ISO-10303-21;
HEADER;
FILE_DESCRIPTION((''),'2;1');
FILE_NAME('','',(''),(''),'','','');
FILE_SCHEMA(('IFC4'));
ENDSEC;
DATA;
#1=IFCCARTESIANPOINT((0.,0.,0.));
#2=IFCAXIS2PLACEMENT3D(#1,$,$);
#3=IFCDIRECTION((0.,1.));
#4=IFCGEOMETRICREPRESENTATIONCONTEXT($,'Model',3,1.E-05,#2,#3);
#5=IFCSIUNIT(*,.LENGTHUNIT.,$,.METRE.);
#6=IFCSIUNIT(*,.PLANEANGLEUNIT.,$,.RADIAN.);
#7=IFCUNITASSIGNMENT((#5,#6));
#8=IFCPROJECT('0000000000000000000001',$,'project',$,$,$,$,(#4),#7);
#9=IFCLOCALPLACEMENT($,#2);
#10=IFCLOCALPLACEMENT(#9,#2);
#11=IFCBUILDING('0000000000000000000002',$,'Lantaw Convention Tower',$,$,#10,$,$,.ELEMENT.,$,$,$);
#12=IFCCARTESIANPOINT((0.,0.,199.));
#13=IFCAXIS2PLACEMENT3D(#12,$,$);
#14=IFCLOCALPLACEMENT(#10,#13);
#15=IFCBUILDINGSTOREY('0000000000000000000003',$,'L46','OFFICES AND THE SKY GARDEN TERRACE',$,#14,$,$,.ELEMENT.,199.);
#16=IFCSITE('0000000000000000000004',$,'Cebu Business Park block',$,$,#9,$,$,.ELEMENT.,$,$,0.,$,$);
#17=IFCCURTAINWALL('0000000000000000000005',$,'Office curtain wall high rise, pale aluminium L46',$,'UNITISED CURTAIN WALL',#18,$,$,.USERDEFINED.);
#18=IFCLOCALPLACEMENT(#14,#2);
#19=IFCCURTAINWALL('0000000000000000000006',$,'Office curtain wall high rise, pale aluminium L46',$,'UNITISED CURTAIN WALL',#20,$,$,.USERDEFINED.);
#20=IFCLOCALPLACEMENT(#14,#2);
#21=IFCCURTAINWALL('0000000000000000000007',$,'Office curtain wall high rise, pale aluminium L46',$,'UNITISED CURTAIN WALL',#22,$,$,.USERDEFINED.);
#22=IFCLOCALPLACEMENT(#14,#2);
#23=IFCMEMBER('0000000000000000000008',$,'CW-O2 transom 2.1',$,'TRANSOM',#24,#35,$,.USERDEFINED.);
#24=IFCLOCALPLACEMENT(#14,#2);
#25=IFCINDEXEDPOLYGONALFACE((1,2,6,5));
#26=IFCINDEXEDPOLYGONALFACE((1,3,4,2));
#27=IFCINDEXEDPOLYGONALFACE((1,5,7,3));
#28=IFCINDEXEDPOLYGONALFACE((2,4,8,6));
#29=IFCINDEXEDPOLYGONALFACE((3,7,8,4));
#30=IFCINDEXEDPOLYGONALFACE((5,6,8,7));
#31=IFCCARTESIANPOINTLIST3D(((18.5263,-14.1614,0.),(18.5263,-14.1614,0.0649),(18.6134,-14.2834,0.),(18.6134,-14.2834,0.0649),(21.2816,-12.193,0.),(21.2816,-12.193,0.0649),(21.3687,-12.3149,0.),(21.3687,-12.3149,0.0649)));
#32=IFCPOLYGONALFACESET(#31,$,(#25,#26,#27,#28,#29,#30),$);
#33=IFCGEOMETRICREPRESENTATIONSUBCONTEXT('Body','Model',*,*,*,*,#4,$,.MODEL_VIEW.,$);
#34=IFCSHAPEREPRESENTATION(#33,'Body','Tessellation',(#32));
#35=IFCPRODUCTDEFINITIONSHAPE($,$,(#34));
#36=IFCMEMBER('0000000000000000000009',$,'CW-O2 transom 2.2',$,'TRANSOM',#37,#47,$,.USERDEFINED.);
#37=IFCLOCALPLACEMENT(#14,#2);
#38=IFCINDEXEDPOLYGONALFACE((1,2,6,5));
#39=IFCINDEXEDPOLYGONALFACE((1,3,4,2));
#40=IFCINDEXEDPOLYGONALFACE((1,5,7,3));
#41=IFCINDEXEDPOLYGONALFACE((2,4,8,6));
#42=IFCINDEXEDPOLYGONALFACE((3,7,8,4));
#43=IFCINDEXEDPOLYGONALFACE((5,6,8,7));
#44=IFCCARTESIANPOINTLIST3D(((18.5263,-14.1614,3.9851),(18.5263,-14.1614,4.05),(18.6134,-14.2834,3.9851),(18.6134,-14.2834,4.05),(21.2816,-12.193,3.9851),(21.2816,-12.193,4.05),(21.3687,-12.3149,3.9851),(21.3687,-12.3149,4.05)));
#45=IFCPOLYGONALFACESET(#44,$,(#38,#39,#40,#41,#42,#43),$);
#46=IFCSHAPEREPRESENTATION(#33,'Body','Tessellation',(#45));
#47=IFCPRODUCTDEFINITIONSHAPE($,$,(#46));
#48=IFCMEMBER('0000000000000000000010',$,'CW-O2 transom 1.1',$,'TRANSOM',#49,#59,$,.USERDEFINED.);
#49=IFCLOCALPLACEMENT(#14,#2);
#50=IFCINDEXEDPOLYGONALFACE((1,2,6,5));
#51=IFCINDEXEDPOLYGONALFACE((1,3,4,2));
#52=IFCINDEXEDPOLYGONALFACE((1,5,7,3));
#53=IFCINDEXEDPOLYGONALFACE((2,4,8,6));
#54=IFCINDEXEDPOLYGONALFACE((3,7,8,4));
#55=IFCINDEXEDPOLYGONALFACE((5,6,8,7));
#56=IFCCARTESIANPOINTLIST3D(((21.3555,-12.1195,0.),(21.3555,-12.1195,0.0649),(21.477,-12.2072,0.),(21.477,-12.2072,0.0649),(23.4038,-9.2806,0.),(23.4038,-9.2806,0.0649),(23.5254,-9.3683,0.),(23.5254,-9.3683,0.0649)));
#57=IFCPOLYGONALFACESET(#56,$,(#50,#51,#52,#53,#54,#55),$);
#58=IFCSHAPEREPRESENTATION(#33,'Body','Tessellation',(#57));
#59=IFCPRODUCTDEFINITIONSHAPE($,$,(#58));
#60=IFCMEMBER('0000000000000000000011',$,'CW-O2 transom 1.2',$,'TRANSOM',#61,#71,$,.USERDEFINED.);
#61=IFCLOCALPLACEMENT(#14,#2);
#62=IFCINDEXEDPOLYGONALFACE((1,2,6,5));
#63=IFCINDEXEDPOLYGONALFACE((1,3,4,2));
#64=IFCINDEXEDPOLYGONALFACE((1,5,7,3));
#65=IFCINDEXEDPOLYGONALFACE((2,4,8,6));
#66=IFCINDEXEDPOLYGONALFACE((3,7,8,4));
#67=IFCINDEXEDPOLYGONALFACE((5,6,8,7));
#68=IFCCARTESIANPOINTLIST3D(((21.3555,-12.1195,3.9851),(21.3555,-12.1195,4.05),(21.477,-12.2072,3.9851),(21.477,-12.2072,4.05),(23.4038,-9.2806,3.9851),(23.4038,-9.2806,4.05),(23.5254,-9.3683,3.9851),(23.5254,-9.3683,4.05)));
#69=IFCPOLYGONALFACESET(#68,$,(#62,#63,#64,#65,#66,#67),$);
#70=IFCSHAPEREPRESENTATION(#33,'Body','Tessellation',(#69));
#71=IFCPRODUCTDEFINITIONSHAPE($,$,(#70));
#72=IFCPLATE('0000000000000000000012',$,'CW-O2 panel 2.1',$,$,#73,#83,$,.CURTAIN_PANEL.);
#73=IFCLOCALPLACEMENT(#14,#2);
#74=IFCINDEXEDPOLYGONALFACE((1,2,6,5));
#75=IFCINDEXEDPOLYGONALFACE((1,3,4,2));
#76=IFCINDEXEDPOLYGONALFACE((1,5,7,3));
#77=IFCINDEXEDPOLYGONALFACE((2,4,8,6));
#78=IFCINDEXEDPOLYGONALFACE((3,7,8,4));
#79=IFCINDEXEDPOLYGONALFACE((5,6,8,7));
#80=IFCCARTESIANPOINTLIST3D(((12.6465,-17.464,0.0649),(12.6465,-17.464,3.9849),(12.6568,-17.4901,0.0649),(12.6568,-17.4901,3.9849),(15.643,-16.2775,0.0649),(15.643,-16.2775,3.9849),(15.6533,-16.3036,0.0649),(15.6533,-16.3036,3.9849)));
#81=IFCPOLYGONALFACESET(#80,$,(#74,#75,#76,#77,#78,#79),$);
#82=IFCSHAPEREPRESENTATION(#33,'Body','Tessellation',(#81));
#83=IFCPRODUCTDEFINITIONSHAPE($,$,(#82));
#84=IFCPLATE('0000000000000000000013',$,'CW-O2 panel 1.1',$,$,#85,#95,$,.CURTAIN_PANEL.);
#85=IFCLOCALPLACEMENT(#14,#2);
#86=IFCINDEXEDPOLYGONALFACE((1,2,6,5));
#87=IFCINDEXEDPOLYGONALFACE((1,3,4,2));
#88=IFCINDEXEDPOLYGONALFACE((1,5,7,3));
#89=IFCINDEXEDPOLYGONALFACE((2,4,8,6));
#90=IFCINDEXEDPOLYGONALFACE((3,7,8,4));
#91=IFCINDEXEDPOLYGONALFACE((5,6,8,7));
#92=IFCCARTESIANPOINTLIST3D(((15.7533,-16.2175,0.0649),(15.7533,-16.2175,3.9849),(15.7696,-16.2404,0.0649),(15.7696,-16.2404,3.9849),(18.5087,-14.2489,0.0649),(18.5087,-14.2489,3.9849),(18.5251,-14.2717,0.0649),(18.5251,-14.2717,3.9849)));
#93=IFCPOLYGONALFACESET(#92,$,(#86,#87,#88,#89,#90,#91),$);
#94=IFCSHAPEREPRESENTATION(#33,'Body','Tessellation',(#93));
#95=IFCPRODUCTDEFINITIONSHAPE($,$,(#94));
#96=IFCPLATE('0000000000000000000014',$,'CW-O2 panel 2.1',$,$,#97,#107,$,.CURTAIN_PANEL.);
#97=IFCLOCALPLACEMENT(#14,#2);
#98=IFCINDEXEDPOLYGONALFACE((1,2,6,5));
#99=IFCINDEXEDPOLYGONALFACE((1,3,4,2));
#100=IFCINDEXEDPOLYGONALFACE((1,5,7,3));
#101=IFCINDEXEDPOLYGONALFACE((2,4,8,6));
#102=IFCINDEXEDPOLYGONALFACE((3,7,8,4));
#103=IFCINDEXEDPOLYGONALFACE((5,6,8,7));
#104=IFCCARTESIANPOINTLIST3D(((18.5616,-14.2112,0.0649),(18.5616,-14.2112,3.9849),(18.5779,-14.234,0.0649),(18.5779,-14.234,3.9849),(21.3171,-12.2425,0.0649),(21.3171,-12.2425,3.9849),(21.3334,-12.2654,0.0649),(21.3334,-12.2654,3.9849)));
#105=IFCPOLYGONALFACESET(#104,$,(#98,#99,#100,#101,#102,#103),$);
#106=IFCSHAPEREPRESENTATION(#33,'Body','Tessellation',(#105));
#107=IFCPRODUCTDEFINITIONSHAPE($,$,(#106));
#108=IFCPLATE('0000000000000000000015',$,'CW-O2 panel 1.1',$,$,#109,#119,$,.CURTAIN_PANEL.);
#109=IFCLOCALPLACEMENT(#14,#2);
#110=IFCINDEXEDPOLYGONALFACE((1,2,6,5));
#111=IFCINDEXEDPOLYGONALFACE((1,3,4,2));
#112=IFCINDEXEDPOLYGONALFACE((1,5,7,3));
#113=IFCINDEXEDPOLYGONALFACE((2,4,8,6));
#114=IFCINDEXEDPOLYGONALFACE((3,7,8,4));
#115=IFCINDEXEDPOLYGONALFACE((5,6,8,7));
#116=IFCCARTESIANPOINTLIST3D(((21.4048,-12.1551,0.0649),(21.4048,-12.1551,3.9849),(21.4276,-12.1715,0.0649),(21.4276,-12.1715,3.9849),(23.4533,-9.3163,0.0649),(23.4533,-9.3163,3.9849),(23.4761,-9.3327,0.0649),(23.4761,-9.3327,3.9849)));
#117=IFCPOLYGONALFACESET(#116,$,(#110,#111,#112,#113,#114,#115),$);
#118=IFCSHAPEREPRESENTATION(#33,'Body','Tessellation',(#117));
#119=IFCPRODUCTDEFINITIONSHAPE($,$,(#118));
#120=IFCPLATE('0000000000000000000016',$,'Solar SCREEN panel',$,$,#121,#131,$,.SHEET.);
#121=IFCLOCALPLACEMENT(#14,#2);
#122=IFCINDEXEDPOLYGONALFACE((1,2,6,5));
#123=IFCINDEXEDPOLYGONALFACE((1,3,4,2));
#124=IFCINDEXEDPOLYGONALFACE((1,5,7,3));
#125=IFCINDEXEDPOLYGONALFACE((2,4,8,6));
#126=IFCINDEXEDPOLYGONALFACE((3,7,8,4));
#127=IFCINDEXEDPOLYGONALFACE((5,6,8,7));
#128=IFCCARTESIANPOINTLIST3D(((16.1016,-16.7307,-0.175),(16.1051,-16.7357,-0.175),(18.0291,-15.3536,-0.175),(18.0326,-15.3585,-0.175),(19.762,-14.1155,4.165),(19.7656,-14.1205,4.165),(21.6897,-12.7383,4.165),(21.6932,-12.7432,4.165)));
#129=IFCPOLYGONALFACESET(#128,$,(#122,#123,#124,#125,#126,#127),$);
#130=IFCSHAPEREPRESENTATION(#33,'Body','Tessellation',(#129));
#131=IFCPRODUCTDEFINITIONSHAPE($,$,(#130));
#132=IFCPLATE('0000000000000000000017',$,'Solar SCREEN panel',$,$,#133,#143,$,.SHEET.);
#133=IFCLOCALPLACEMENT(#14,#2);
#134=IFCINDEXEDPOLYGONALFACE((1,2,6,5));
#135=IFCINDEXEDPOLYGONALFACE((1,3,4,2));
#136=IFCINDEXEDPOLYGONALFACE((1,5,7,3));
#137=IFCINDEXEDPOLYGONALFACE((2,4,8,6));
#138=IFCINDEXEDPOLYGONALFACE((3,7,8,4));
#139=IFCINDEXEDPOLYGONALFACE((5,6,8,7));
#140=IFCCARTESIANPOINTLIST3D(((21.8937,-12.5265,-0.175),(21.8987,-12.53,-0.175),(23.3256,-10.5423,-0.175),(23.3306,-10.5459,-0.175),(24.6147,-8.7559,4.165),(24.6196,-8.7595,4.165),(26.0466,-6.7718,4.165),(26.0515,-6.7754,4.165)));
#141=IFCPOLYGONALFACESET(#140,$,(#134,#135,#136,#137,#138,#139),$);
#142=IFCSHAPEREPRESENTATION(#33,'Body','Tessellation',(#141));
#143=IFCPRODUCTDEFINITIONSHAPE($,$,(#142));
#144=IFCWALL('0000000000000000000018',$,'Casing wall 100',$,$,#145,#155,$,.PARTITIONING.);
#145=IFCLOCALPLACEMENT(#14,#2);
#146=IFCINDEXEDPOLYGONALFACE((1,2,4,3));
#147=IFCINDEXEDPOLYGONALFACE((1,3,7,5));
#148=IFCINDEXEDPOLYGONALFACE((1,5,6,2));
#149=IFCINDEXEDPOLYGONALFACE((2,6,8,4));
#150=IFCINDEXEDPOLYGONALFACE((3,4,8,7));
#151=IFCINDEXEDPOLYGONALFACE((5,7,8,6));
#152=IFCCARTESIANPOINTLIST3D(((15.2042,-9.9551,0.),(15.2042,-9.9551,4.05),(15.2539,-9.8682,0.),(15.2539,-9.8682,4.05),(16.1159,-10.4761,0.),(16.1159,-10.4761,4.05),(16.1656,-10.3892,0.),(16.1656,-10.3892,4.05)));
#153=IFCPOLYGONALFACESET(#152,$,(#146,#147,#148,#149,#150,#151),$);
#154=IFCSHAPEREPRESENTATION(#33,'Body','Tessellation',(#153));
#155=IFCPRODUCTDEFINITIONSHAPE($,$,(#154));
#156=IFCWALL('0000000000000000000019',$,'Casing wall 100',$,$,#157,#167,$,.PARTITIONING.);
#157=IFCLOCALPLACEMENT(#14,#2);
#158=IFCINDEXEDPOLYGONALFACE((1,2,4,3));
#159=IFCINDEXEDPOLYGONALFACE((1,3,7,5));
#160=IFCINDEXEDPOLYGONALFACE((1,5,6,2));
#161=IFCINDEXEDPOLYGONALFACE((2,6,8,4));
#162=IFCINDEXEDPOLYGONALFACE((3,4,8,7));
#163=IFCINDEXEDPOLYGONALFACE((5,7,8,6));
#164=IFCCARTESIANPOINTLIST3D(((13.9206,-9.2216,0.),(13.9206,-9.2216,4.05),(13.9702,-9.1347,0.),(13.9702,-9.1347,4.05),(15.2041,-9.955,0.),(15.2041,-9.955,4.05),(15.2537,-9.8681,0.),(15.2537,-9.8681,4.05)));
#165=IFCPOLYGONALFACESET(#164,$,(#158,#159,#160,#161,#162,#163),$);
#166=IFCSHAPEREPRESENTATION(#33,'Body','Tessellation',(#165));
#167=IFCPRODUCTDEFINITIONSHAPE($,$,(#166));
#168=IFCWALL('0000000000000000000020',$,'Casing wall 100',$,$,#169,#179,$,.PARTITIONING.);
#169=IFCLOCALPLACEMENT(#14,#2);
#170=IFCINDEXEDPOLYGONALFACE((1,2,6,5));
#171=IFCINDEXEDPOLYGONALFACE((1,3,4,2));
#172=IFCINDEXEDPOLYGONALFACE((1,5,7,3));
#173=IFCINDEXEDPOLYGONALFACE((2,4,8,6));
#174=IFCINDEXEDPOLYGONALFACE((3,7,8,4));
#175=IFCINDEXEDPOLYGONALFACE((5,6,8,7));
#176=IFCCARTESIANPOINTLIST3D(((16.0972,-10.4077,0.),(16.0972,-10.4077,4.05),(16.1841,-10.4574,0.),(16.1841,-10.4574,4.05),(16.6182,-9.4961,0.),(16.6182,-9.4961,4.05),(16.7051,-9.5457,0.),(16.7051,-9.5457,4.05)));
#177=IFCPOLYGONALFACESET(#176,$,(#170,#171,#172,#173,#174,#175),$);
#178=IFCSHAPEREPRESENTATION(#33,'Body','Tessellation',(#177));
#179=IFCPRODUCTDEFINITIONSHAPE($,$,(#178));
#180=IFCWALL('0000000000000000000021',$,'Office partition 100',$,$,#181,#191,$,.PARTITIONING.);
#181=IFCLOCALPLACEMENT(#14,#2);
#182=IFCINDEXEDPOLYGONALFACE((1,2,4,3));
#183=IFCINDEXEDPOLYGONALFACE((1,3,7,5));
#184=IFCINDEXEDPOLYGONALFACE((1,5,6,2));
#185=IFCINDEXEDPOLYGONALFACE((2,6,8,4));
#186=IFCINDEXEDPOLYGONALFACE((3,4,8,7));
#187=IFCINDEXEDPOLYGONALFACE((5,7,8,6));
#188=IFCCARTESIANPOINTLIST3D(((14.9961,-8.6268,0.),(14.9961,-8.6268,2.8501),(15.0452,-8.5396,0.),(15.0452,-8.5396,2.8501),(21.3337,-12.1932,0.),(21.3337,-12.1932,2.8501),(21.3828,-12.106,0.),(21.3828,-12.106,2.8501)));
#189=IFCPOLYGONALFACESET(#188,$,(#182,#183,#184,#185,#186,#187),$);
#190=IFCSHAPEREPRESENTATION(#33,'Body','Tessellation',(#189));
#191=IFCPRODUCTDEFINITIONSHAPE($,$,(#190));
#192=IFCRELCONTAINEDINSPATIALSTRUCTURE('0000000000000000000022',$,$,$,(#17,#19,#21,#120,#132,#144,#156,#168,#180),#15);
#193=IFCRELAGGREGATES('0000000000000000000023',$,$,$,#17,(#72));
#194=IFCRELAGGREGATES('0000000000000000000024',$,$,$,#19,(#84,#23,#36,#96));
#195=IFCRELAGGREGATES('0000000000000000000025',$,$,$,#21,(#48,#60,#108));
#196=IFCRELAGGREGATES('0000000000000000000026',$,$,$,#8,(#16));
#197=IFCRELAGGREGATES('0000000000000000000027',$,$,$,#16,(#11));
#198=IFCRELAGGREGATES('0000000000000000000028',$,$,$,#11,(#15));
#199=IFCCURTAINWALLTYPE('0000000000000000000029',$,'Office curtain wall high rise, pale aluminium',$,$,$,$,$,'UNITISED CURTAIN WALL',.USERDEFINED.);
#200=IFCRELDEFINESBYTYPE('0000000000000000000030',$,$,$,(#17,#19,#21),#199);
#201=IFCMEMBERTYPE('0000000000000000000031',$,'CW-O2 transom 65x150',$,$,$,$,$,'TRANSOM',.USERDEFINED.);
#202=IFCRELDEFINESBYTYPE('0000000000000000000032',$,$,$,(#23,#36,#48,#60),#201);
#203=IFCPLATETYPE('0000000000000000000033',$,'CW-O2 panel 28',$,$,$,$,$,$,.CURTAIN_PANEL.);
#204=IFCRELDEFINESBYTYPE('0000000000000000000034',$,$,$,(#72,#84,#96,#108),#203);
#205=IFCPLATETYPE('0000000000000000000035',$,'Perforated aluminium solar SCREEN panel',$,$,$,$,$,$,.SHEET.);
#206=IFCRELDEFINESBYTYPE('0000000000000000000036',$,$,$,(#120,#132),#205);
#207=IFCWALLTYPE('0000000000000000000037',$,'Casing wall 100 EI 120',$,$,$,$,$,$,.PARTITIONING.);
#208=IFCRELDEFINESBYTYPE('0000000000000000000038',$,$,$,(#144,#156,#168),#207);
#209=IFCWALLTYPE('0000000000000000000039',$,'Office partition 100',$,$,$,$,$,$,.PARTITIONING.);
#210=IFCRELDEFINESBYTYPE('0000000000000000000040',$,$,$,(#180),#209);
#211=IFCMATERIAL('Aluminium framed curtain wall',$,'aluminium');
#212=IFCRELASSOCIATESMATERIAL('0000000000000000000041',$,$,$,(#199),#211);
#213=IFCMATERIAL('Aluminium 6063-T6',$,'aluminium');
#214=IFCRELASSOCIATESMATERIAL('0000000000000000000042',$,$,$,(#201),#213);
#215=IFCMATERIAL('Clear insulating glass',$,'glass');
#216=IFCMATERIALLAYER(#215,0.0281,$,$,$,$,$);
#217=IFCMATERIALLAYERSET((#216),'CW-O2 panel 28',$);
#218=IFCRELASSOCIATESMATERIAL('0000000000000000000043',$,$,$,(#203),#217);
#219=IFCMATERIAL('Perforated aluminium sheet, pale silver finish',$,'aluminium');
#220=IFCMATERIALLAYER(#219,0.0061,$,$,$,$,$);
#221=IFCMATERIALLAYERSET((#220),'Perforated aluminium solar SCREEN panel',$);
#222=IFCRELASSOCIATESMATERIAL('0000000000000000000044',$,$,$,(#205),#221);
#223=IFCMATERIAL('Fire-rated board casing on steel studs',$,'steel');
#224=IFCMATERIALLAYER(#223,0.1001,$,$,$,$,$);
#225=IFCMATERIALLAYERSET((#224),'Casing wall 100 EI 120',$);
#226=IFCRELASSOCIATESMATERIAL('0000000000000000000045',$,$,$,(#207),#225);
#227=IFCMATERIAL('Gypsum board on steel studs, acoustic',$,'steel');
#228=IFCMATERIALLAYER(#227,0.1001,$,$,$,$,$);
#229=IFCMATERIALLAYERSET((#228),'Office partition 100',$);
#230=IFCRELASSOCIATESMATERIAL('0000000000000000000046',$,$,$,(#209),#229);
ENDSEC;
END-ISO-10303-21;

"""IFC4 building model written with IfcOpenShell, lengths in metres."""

from ifc_helpers import new_model, si_unit, direction, frame, frame_2d, origin, origin_2d, place, context, subcontext, project, spatial, polyline, rectangle, outline, extrude, material, layer, layer_set, material_profile, profile_set, type_object, element, aggregate, save


model = new_model("IFC4")

# Units and contexts
model_context = context("Model", 3, precision=1e-05, world=origin(), true_north=direction((0.0, 1.0)))
body_context = subcontext(model_context, "Body", "Model", "MODEL_VIEW")
ifc_project = project(units=[si_unit("LENGTHUNIT", "METRE"), si_unit("PLANEANGLEUNIT", "RADIAN")], contexts=[model_context])

# Site, building, storey
site_placement = place(None, origin())
site = spatial("IfcSite", under=ifc_project, at=site_placement, Name="Cebu Business Park block", CompositionType="ELEMENT", RefElevation=0.0)
building_placement = place(site_placement, origin())
building = spatial("IfcBuilding", under=site, at=building_placement, Name="Lantaw Convention Tower", CompositionType="ELEMENT")
storey_placement = place(building_placement, frame((0.0, 0.0, 199.0)))
storey = spatial("IfcBuildingStorey", under=building, at=storey_placement, Name="L46", Description="OFFICES AND THE SKY GARDEN TERRACE", CompositionType="ELEMENT", Elevation=199.0)

# Curtain wall
ifc_material_1 = material(Name="Aluminium framed curtain wall", Category="aluminium")
curtain_wall_type = type_object("IfcCurtainWallType", Name="Office curtain wall high rise, pale aluminium", ElementType="UNITISED CURTAIN WALL", PredefinedType="USERDEFINED", material=ifc_material_1)
curtain_wall_1_placement = place(storey_placement, origin())
curtain_wall_1 = element("IfcCurtainWall", 1, at=curtain_wall_1_placement, inside=storey, type_object=curtain_wall_type, Name="Office curtain wall high rise, pale aluminium L46", ObjectType="UNITISED CURTAIN WALL", PredefinedType="USERDEFINED")
ifc_material_2 = material(Name="Aluminium 6063-T6", Category="aluminium")

# Curtain wall
curtain_wall_2_placement = place(storey_placement, origin())
curtain_wall_2 = element("IfcCurtainWall", 2, at=curtain_wall_2_placement, inside=storey, type_object=curtain_wall_type, Name="Office curtain wall high rise, pale aluminium L46", ObjectType="UNITISED CURTAIN WALL", PredefinedType="USERDEFINED")

# Curtain wall
curtain_wall_3_placement = place(storey_placement, origin())
curtain_wall_3 = element("IfcCurtainWall", 3, at=curtain_wall_3_placement, inside=storey, type_object=curtain_wall_type, Name="Office curtain wall high rise, pale aluminium L46", ObjectType="UNITISED CURTAIN WALL", PredefinedType="USERDEFINED")

# Members
ifc_material_profile_1 = material_profile(ifc_material_2, rectangle(XDim=0.1499, YDim=0.0649, at=origin_2d()), Name="CW-O2 transom 65x150")
ifc_profile_set_1 = profile_set([ifc_material_profile_1], Name="Aluminium 6063-T6")
member_type_1 = type_object("IfcMemberType", Name="CW-O2 transom 65x150", ElementType="TRANSOM", PredefinedType="USERDEFINED", material=ifc_profile_set_1)
member_1_placement = place(storey_placement, frame((18.5698, -14.2224, 0.0325), z_axis=(0.81368, 0.581313, 0.0), x_axis=(-0.581313, 0.81368, 0.0)))
member_1 = element("IfcMember", 4, at=member_1_placement, type_object=member_type_1, Name="CW-O2 transom 2.1", ObjectType="TRANSOM", PredefinedType="USERDEFINED", context=body_context, shape_type="SweptSolid", body=[
    extrude(rectangle(XDim=0.1499, YDim=0.0649, at=origin_2d()), origin(), (0.0, 0.0, 1.0), 3.3862),
])
member_2_placement = place(storey_placement, frame((18.5698, -14.2224, 4.0176), z_axis=(0.81368, 0.581313, 0.0), x_axis=(-0.581313, 0.81368, 0.0)))
member_2 = element("IfcMember", 5, at=member_2_placement, type_object=member_type_1, Name="CW-O2 transom 2.2", ObjectType="TRANSOM", PredefinedType="USERDEFINED", context=body_context, shape_type="SweptSolid", body=[
    extrude(rectangle(XDim=0.1499, YDim=0.0649, at=origin_2d()), origin(), (0.0, 0.0, 1.0), 3.3862),
])
member_3_placement = place(storey_placement, frame((21.4163, -12.1633, 0.0325), z_axis=(0.585124, 0.810944, 0.0), x_axis=(-0.810944, 0.585124, 0.0)))
member_3 = element("IfcMember", 6, at=member_3_placement, type_object=member_type_1, Name="CW-O2 transom 1.1", ObjectType="TRANSOM", PredefinedType="USERDEFINED", context=body_context, shape_type="SweptSolid", body=[
    extrude(rectangle(XDim=0.1499, YDim=0.0649, at=origin_2d()), origin(), (0.0, 0.0, 1.0), 3.5007),
])
member_4_placement = place(storey_placement, frame((21.4163, -12.1633, 4.0176), z_axis=(0.585124, 0.810944, 0.0), x_axis=(-0.810944, 0.585124, 0.0)))
member_4 = element("IfcMember", 7, at=member_4_placement, type_object=member_type_1, Name="CW-O2 transom 1.2", ObjectType="TRANSOM", PredefinedType="USERDEFINED", context=body_context, shape_type="SweptSolid", body=[
    extrude(rectangle(XDim=0.1499, YDim=0.0649, at=origin_2d()), origin(), (0.0, 0.0, 1.0), 3.5007),
])

# Plates
ifc_material_3 = material(Name="Clear insulating glass", Category="glass")
ifc_layer_1 = layer(ifc_material_3, 0.0281)
ifc_layer_set_1 = layer_set([ifc_layer_1], Name="CW-O2 panel 28")
plate_type_1 = type_object("IfcPlateType", Name="CW-O2 panel 28", PredefinedType="CURTAIN_PANEL", material=ifc_layer_set_1)
plate_1_placement = place(storey_placement, frame((14.1499, -16.8838, 0.0649), z_axis=(0.0, 0.0, 1.0), x_axis=(0.929762, 0.368162, 0.0)))
plate_1 = element("IfcPlate", 8, at=plate_1_placement, type_object=plate_type_1, Name="CW-O2 panel 2.1", PredefinedType="CURTAIN_PANEL", context=body_context, shape_type="SweptSolid", body=[
    extrude(rectangle(XDim=3.2229, YDim=0.0281, at=origin_2d()), origin(), (0.0, 0.0, 1.0), 3.9199),
])
aggregate(curtain_wall_1, [plate_1])
plate_2_placement = place(storey_placement, frame((17.1392, -15.2446, 0.0649), z_axis=(0.0, 0.0, 1.0), x_axis=(0.813673, 0.581323, 0.0)))
plate_2 = element("IfcPlate", 9, at=plate_2_placement, type_object=plate_type_1, Name="CW-O2 panel 1.1", PredefinedType="CURTAIN_PANEL", context=body_context, shape_type="SweptSolid", body=[
    extrude(rectangle(XDim=3.3865, YDim=0.0281, at=origin_2d()), origin(), (0.0, 0.0, 1.0), 3.9199),
])
plate_3_placement = place(storey_placement, frame((19.9475, -13.2383, 0.0649), z_axis=(0.0, 0.0, 1.0), x_axis=(0.813673, 0.581323, 0.0)))
plate_3 = element("IfcPlate", 10, at=plate_3_placement, type_object=plate_type_1, Name="CW-O2 panel 2.1", PredefinedType="CURTAIN_PANEL", context=body_context, shape_type="SweptSolid", body=[
    extrude(rectangle(XDim=3.3865, YDim=0.0281, at=origin_2d()), origin(), (0.0, 0.0, 1.0), 3.9199),
])
aggregate(curtain_wall_2, [plate_2, member_1, member_2, plate_3])
plate_4_placement = place(storey_placement, frame((22.4404, -10.7439, 0.0649), z_axis=(0.0, 0.0, 1.0), x_axis=(0.585158, 0.81092, 0.0)))
plate_4 = element("IfcPlate", 11, at=plate_4_placement, type_object=plate_type_1, Name="CW-O2 panel 1.1", PredefinedType="CURTAIN_PANEL", context=body_context, shape_type="SweptSolid", body=[
    extrude(rectangle(XDim=3.5007, YDim=0.0281, at=origin_2d()), origin(), (0.0, 0.0, 1.0), 3.9199),
])
aggregate(curtain_wall_3, [member_3, member_4, plate_4])

# Plates
ifc_material_4 = material(Name="Perforated aluminium sheet, pale silver finish", Category="aluminium")
ifc_layer_2 = layer(ifc_material_4, 0.0061)
ifc_layer_set_2 = layer_set([ifc_layer_2], Name="Perforated aluminium solar SCREEN panel")
plate_type_2 = type_object("IfcPlateType", Name="Perforated aluminium solar SCREEN panel", PredefinedType="SHEET", material=ifc_layer_set_2)
plate_5_placement = place(storey_placement, frame((16.1016, -16.7307, -0.175), z_axis=(-0.581331, 0.813667, 0.00001), x_axis=(0.813667, 0.581331, 0.0)))
element("IfcPlate", 12, at=plate_5_placement, inside=storey, type_object=plate_type_2, Name="Solar SCREEN panel", PredefinedType="SHEET", context=body_context, shape_type="SweptSolid", body=[
    extrude(outline(polyline([(0.0, 0.0), (2.3689, 0.0), (6.8678, -4.3401), (4.4987, -4.3401), (0.0, 0.0)])), origin(), (0.0, 0.0, -1.0), 0.0061),
])
plate_6_placement = place(storey_placement, frame((21.8987, -12.53, -0.175), z_axis=(0.810892, -0.585195, 0.00002), x_axis=(0.585195, 0.810892, 0.0)))
element("IfcPlate", 13, at=plate_6_placement, inside=storey, type_object=plate_type_2, Name="Solar SCREEN panel", PredefinedType="SHEET", context=body_context, shape_type="SweptSolid", body=[
    extrude(outline(polyline([(0.0, 0.0), (2.4468, 0.0), (7.0966, 4.3401), (4.6498, 4.3401), (0.0, 0.0)])), origin(), (0.0, 0.0, -1.0), 0.0061),
])

# Walls
ifc_material_5 = material(Name="Fire-rated board casing on steel studs", Category="steel")
ifc_layer_3 = layer(ifc_material_5, 0.1001)
ifc_layer_set_3 = layer_set([ifc_layer_3], Name="Casing wall 100 EI 120")
wall_type_1 = type_object("IfcWallType", Name="Casing wall 100 EI 120", PredefinedType="PARTITIONING", material=ifc_layer_set_3)
wall_1_placement = place(storey_placement, frame((16.1406, -10.4326, 0.0), z_axis=(0.0, 0.0, 1.0), x_axis=(-0.868215, 0.496189, 0.0)))
element("IfcWall", 14, at=wall_1_placement, inside=storey, type_object=wall_type_1, Name="Casing wall 100", PredefinedType="PARTITIONING", context=body_context, shape_type="SweptSolid", body=[
    extrude(rectangle(XDim=1.05, YDim=0.1001, at=frame_2d((0.5249, 0.0))), origin(), (0.0, 0.0, 1.0), 4.05),
])
wall_2_placement = place(storey_placement, frame((15.229, -9.9116, 0.0), z_axis=(0.0, 0.0, 1.0), x_axis=(-0.868243, 0.496139, 0.0)))
element("IfcWall", 15, at=wall_2_placement, inside=storey, type_object=wall_type_1, Name="Casing wall 100", PredefinedType="PARTITIONING", context=body_context, shape_type="SweptSolid", body=[
    extrude(rectangle(XDim=1.4783, YDim=0.1001, at=frame_2d((0.7393, 0.0))), origin(), (0.0, 0.0, 1.0), 4.05),
])
wall_3_placement = place(storey_placement, frame((16.6616, -9.521, 0.0), z_axis=(0.0, 0.0, 1.0), x_axis=(-0.496189, -0.868215, 0.0)))
element("IfcWall", 16, at=wall_3_placement, inside=storey, type_object=wall_type_1, Name="Casing wall 100", PredefinedType="PARTITIONING", context=body_context, shape_type="SweptSolid", body=[
    extrude(rectangle(XDim=1.05, YDim=0.1001, at=frame_2d((0.5249, 0.0))), origin(), (0.0, 0.0, 1.0), 4.05),
])
ifc_material_6 = material(Name="Gypsum board on steel studs, acoustic", Category="steel")
ifc_layer_4 = layer(ifc_material_6, 0.1001)
ifc_layer_set_4 = layer_set([ifc_layer_4], Name="Office partition 100")
wall_type_2 = type_object("IfcWallType", Name="Office partition 100", PredefinedType="PARTITIONING", material=ifc_layer_set_4)
wall_4_placement = place(storey_placement, frame((21.3584, -12.1497, 0.0), z_axis=(0.0, 0.0, 1.0), x_axis=(-0.871489, 0.490416, 0.0)))
element("IfcWall", 17, at=wall_4_placement, inside=storey, type_object=wall_type_2, Name="Office partition 100", PredefinedType="PARTITIONING", context=body_context, shape_type="SweptSolid", body=[
    extrude(rectangle(XDim=7.2722, YDim=0.1001, at=frame_2d((3.6362, 0.0))), origin(), (0.0, 0.0, 1.0), 2.8501),
])

save(model, "model.ifc")
